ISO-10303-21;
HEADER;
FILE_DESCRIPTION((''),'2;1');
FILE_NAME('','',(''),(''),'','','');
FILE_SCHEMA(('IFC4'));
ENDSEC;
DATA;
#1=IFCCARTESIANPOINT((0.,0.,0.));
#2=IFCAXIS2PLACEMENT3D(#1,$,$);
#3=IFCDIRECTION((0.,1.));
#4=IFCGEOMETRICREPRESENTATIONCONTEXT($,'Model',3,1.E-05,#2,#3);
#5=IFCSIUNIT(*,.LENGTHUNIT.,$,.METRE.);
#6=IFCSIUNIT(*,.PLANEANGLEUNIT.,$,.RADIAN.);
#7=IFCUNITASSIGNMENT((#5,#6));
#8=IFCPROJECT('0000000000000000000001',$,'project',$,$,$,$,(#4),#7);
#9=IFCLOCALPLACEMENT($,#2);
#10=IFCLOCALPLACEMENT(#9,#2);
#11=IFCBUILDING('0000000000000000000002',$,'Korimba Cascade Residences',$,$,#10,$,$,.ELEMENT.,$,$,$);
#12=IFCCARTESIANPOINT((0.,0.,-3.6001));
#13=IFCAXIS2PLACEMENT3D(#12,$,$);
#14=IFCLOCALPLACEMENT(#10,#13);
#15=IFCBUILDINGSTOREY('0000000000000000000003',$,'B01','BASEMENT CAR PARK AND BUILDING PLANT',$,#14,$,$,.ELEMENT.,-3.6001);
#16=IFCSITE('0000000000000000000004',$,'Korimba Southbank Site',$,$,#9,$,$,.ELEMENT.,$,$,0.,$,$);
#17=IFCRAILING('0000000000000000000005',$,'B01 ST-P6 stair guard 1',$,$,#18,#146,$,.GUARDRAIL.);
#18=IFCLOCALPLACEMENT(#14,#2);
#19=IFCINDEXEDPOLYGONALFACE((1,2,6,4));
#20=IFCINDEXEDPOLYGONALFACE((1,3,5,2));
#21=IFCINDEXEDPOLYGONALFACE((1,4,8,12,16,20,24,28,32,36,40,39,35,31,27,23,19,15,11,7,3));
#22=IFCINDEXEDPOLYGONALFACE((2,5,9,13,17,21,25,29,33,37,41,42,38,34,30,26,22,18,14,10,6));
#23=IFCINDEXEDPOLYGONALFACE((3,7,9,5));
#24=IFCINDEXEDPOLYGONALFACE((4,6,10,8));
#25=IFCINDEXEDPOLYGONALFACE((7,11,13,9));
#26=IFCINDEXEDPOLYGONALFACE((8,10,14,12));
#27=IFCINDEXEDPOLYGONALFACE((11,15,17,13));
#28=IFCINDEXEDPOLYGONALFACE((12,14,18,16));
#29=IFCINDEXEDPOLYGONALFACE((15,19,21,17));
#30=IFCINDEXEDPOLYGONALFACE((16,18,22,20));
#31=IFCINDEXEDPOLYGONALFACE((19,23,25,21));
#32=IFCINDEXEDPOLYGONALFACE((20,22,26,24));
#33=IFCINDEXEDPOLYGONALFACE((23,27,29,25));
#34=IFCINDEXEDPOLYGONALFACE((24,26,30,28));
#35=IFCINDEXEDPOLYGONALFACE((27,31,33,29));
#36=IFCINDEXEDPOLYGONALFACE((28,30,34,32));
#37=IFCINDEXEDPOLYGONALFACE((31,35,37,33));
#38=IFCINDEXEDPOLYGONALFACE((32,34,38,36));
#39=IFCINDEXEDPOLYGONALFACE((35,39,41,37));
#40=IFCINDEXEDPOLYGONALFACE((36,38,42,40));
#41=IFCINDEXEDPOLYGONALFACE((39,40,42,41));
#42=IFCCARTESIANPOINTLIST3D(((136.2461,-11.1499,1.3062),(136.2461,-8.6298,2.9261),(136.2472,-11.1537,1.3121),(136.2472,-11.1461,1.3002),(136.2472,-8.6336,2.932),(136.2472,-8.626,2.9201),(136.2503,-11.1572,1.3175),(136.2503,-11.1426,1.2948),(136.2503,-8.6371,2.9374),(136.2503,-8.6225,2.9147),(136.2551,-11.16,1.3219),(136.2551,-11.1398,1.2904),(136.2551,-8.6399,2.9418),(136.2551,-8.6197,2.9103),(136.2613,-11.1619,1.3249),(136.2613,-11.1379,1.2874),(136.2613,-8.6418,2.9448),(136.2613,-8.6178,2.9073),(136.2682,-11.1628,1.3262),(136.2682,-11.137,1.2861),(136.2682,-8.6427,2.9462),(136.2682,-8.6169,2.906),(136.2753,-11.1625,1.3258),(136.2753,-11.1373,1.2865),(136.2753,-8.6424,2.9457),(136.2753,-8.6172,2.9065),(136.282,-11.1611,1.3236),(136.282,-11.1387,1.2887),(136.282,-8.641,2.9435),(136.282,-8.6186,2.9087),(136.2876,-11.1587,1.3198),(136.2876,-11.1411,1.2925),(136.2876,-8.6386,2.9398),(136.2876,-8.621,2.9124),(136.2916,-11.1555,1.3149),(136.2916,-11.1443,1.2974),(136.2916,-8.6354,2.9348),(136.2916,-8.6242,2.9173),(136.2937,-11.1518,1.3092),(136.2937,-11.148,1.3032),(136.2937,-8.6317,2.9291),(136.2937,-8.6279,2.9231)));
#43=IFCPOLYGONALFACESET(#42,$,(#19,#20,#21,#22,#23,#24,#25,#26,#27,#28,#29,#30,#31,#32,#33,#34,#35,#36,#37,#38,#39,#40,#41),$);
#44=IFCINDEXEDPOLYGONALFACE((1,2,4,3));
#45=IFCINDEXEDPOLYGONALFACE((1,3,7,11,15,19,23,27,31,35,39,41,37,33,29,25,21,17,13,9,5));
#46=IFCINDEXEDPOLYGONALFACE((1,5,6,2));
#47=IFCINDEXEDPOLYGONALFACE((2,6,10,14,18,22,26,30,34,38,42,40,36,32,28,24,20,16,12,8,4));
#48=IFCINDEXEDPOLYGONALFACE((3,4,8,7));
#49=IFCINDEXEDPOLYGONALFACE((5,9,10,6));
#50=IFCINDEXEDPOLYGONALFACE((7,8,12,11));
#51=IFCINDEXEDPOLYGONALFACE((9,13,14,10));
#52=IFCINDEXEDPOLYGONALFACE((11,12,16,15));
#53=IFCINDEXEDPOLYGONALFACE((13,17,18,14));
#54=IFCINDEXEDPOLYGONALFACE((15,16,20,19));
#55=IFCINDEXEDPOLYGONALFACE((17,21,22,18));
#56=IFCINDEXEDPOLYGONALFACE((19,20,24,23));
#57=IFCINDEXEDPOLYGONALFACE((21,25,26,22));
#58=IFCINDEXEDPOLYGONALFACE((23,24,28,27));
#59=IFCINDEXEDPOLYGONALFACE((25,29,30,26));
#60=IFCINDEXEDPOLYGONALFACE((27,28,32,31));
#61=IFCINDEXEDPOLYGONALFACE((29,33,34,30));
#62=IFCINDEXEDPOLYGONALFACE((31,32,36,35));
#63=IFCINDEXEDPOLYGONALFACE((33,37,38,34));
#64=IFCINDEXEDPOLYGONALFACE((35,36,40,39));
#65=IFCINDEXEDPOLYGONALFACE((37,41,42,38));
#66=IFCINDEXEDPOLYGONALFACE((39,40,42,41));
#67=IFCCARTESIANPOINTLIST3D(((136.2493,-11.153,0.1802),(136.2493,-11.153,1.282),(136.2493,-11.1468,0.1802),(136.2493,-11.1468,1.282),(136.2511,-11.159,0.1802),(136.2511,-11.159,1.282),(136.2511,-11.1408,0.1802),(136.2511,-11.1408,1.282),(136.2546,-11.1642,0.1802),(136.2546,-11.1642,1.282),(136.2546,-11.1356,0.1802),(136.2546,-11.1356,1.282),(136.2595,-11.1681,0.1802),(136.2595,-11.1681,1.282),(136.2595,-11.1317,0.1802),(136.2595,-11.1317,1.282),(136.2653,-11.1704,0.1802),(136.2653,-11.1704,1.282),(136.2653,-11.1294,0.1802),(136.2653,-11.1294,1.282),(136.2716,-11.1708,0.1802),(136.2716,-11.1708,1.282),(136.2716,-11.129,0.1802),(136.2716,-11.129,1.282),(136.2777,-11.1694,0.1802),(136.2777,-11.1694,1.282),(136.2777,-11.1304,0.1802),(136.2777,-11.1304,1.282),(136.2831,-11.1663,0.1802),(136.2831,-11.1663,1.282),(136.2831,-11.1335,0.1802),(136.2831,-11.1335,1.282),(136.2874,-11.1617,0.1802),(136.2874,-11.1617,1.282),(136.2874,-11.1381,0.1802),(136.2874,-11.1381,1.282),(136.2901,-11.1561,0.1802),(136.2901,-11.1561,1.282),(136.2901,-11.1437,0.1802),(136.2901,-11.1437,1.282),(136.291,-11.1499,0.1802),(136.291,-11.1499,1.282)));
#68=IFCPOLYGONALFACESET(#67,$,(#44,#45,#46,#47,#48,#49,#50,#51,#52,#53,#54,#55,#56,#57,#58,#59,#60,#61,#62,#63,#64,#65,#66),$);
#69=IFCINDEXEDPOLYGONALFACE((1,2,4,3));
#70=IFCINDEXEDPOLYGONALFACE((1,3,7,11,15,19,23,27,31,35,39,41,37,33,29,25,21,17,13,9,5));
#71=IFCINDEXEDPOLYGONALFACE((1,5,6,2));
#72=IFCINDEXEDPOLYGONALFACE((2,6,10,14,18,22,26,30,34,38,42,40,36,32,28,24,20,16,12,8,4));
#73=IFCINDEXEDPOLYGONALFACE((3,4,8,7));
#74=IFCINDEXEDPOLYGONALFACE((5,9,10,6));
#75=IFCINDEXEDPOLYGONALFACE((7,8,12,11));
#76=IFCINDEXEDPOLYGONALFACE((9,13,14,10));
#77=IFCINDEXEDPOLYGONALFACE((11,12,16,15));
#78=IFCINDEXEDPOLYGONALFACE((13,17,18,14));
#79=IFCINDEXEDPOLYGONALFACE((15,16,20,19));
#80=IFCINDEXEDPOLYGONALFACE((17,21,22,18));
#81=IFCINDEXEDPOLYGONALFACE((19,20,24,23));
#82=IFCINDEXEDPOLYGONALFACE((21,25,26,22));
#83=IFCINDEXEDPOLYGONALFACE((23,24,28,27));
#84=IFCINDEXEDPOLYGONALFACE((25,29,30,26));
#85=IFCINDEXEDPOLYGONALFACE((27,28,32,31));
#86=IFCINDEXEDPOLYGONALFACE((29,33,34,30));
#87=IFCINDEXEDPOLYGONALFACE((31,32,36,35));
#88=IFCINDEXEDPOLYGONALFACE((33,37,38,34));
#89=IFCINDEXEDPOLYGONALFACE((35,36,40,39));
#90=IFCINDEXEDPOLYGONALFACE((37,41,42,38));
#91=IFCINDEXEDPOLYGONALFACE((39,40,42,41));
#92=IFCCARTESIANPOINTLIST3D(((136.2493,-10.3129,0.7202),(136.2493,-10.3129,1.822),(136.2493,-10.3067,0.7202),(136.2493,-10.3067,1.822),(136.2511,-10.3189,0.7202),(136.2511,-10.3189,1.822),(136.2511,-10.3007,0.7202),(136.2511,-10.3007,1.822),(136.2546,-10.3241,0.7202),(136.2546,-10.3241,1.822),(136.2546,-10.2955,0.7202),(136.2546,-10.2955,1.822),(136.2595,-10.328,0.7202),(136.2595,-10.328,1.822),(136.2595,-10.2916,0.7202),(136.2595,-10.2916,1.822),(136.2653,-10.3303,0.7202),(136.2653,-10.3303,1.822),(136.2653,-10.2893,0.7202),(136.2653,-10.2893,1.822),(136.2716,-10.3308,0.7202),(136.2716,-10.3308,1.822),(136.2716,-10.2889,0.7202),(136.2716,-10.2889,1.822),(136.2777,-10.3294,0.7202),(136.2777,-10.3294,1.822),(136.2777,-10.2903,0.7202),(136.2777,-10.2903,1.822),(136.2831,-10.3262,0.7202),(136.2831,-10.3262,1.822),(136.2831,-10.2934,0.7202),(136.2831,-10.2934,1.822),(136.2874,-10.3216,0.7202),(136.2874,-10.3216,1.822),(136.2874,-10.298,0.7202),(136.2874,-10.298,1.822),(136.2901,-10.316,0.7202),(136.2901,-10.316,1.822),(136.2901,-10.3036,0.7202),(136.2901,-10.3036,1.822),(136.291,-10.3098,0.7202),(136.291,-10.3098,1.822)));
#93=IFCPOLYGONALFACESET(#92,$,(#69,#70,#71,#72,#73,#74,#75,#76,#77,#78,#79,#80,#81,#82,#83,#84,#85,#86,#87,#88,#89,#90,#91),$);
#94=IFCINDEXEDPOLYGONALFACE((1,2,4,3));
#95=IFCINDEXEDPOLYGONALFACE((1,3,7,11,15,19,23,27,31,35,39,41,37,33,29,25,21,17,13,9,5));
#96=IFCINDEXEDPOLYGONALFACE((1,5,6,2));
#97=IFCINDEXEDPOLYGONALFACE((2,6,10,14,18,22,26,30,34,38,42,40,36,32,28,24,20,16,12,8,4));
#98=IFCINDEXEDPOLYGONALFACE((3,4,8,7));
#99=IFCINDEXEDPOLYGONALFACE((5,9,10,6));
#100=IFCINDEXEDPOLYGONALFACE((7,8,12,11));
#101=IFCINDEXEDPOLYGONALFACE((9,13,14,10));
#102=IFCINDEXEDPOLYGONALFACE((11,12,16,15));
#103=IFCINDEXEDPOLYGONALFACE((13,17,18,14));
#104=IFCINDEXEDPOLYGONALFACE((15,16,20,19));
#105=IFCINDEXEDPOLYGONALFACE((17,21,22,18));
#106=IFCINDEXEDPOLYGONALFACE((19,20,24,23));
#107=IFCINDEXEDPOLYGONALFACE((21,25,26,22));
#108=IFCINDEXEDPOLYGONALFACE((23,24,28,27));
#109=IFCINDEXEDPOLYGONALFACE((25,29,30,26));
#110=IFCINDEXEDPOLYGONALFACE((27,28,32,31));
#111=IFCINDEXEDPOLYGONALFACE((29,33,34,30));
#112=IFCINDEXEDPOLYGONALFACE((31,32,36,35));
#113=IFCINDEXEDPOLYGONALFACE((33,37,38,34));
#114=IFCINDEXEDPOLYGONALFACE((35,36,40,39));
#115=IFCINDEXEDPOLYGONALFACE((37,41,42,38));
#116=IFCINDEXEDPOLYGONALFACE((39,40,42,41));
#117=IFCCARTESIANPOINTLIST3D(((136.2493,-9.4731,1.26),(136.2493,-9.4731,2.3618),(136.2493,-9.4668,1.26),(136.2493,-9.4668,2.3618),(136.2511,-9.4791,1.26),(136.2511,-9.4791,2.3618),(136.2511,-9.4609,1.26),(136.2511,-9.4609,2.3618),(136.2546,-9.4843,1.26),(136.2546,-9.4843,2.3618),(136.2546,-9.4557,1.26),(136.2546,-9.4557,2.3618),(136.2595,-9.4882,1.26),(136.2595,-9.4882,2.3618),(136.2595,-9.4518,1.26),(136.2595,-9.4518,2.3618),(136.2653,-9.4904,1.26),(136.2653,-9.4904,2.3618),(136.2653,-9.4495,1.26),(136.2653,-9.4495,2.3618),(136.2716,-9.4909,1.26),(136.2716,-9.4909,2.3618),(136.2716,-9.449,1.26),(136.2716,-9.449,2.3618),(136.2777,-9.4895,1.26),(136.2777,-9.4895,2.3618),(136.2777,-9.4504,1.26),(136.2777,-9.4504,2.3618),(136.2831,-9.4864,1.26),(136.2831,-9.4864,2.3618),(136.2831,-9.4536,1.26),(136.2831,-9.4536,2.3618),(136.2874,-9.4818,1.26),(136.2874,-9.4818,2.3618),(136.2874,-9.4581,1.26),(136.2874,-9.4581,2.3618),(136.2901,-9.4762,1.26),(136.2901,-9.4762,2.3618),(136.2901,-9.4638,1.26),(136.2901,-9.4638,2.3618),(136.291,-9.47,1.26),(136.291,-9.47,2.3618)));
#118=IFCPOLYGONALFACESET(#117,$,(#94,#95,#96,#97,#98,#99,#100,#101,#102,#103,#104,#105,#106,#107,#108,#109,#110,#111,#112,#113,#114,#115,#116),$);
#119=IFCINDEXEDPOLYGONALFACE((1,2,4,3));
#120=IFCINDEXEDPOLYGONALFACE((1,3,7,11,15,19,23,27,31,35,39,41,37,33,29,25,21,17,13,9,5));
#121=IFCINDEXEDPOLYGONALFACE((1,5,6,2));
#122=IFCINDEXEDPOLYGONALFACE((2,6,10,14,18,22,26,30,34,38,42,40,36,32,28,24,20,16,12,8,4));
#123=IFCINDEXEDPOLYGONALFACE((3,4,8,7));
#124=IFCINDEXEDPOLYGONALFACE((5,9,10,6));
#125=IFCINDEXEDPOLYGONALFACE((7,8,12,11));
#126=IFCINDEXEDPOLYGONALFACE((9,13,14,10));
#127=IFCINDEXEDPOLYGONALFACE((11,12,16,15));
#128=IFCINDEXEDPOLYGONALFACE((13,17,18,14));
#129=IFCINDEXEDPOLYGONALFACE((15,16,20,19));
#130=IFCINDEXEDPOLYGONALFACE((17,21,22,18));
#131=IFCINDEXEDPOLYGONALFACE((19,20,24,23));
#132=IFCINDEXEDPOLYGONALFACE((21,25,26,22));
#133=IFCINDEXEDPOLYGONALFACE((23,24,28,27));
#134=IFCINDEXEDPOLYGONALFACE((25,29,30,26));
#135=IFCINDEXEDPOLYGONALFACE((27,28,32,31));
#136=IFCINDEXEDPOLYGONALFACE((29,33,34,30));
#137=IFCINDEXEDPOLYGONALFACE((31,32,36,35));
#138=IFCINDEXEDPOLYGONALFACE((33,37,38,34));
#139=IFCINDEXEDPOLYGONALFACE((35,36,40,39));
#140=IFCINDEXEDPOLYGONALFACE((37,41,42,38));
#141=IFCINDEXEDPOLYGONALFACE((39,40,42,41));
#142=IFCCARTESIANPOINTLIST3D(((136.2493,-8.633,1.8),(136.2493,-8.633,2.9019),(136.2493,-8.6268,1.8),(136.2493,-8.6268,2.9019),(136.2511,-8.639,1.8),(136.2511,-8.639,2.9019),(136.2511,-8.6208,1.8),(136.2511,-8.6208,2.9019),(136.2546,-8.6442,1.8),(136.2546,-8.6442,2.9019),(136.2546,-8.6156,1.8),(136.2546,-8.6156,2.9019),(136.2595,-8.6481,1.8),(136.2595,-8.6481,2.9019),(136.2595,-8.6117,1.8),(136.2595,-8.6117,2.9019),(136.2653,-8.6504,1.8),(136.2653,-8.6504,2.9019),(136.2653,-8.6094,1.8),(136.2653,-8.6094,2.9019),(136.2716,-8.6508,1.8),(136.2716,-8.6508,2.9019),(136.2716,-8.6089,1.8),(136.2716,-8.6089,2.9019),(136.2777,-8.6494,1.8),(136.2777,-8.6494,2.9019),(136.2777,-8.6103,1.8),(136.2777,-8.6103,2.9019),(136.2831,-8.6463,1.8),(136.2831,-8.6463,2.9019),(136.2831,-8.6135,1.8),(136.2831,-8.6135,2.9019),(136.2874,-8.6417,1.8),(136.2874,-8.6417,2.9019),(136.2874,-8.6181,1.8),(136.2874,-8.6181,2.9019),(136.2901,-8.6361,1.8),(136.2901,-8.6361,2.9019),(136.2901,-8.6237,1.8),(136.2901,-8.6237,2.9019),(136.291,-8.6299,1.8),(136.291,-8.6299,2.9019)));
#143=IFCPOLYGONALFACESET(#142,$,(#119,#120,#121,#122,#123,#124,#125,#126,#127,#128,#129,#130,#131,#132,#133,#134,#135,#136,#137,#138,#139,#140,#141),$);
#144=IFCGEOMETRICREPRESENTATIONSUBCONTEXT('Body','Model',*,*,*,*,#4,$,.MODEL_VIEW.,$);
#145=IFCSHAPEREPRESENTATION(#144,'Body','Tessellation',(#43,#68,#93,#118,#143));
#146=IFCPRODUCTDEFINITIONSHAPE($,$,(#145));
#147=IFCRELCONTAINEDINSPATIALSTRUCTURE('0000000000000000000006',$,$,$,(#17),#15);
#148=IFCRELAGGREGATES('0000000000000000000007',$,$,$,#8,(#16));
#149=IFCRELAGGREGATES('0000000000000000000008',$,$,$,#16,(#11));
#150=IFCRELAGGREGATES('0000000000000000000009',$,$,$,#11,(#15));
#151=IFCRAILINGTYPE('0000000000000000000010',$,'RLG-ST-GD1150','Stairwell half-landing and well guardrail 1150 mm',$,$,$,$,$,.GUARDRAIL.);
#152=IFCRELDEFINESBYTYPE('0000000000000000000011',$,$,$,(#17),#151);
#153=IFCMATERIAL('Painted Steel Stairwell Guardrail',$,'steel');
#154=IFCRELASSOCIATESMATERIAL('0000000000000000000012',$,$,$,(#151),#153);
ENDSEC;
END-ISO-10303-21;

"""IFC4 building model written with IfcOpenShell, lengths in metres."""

from ifc_helpers import new_model, si_unit, direction, frame, origin, origin_2d, place, context, subcontext, project, spatial, circle, extrude, material, type_object, element, save


model = new_model("IFC4")

# Units and contexts
model_context = context("Model", 3, precision=1e-05, world=origin(), true_north=direction((0.0, 1.0)))
body_context = subcontext(model_context, "Body", "Model", "MODEL_VIEW")
ifc_project = project(units=[si_unit("LENGTHUNIT", "METRE"), si_unit("PLANEANGLEUNIT", "RADIAN")], contexts=[model_context])

# Site, building, storey
site_placement = place(None, origin())
site = spatial("IfcSite", under=ifc_project, at=site_placement, Name="Korimba Southbank Site", CompositionType="ELEMENT", RefElevation=0.0)
building_placement = place(site_placement, origin())
building = spatial("IfcBuilding", under=site, at=building_placement, Name="Korimba Cascade Residences", CompositionType="ELEMENT")
storey_placement = place(building_placement, frame((0.0, 0.0, -3.6001)))
storey = spatial("IfcBuildingStorey", under=building, at=storey_placement, Name="B01", Description="BASEMENT CAR PARK AND BUILDING PLANT", CompositionType="ELEMENT", Elevation=-3.6001)

# Railing
ifc_material_1 = material(Name="Painted Steel Stairwell Guardrail", Category="steel")
railing_type_1 = type_object("IfcRailingType", Name="RLG-ST-GD1150", Description="Stairwell half-landing and well guardrail 1150 mm", PredefinedType="GUARDRAIL", material=ifc_material_1)
railing_1_placement = place(storey_placement, frame((136.27, -11.1499, 0.1802)))
element("IfcRailing", 1, at=railing_1_placement, inside=storey, type_object=railing_type_1, Name="B01 ST-P6 stair guard 1", PredefinedType="GUARDRAIL", context=body_context, shape_type="SweptSolid", body=[
    extrude(circle(Radius=0.0239, at=origin_2d()), frame((0.0, 0.0, 1.126), z_axis=(0.0, 0.8412, 0.540725), x_axis=(-1.0, 0.0, 0.0)), (0.0, 0.0, 1.0), 2.9958),
    extrude(circle(Radius=0.021, at=origin_2d()), origin(), (0.0, 0.0, 1.0), 1.1018),
    extrude(circle(Radius=0.021, at=origin_2d()), frame((0.0, 0.8401, 0.54)), (0.0, 0.0, 1.0), 1.1018),
    extrude(circle(Radius=0.021, at=origin_2d()), frame((0.0, 1.6799, 1.0798)), (0.0, 0.0, 1.0), 1.1018),
    extrude(circle(Radius=0.021, at=origin_2d()), frame((0.0, 2.52, 1.6199)), (0.0, 0.0, 1.0), 1.1018),
])

save(model, "model.ifc")
